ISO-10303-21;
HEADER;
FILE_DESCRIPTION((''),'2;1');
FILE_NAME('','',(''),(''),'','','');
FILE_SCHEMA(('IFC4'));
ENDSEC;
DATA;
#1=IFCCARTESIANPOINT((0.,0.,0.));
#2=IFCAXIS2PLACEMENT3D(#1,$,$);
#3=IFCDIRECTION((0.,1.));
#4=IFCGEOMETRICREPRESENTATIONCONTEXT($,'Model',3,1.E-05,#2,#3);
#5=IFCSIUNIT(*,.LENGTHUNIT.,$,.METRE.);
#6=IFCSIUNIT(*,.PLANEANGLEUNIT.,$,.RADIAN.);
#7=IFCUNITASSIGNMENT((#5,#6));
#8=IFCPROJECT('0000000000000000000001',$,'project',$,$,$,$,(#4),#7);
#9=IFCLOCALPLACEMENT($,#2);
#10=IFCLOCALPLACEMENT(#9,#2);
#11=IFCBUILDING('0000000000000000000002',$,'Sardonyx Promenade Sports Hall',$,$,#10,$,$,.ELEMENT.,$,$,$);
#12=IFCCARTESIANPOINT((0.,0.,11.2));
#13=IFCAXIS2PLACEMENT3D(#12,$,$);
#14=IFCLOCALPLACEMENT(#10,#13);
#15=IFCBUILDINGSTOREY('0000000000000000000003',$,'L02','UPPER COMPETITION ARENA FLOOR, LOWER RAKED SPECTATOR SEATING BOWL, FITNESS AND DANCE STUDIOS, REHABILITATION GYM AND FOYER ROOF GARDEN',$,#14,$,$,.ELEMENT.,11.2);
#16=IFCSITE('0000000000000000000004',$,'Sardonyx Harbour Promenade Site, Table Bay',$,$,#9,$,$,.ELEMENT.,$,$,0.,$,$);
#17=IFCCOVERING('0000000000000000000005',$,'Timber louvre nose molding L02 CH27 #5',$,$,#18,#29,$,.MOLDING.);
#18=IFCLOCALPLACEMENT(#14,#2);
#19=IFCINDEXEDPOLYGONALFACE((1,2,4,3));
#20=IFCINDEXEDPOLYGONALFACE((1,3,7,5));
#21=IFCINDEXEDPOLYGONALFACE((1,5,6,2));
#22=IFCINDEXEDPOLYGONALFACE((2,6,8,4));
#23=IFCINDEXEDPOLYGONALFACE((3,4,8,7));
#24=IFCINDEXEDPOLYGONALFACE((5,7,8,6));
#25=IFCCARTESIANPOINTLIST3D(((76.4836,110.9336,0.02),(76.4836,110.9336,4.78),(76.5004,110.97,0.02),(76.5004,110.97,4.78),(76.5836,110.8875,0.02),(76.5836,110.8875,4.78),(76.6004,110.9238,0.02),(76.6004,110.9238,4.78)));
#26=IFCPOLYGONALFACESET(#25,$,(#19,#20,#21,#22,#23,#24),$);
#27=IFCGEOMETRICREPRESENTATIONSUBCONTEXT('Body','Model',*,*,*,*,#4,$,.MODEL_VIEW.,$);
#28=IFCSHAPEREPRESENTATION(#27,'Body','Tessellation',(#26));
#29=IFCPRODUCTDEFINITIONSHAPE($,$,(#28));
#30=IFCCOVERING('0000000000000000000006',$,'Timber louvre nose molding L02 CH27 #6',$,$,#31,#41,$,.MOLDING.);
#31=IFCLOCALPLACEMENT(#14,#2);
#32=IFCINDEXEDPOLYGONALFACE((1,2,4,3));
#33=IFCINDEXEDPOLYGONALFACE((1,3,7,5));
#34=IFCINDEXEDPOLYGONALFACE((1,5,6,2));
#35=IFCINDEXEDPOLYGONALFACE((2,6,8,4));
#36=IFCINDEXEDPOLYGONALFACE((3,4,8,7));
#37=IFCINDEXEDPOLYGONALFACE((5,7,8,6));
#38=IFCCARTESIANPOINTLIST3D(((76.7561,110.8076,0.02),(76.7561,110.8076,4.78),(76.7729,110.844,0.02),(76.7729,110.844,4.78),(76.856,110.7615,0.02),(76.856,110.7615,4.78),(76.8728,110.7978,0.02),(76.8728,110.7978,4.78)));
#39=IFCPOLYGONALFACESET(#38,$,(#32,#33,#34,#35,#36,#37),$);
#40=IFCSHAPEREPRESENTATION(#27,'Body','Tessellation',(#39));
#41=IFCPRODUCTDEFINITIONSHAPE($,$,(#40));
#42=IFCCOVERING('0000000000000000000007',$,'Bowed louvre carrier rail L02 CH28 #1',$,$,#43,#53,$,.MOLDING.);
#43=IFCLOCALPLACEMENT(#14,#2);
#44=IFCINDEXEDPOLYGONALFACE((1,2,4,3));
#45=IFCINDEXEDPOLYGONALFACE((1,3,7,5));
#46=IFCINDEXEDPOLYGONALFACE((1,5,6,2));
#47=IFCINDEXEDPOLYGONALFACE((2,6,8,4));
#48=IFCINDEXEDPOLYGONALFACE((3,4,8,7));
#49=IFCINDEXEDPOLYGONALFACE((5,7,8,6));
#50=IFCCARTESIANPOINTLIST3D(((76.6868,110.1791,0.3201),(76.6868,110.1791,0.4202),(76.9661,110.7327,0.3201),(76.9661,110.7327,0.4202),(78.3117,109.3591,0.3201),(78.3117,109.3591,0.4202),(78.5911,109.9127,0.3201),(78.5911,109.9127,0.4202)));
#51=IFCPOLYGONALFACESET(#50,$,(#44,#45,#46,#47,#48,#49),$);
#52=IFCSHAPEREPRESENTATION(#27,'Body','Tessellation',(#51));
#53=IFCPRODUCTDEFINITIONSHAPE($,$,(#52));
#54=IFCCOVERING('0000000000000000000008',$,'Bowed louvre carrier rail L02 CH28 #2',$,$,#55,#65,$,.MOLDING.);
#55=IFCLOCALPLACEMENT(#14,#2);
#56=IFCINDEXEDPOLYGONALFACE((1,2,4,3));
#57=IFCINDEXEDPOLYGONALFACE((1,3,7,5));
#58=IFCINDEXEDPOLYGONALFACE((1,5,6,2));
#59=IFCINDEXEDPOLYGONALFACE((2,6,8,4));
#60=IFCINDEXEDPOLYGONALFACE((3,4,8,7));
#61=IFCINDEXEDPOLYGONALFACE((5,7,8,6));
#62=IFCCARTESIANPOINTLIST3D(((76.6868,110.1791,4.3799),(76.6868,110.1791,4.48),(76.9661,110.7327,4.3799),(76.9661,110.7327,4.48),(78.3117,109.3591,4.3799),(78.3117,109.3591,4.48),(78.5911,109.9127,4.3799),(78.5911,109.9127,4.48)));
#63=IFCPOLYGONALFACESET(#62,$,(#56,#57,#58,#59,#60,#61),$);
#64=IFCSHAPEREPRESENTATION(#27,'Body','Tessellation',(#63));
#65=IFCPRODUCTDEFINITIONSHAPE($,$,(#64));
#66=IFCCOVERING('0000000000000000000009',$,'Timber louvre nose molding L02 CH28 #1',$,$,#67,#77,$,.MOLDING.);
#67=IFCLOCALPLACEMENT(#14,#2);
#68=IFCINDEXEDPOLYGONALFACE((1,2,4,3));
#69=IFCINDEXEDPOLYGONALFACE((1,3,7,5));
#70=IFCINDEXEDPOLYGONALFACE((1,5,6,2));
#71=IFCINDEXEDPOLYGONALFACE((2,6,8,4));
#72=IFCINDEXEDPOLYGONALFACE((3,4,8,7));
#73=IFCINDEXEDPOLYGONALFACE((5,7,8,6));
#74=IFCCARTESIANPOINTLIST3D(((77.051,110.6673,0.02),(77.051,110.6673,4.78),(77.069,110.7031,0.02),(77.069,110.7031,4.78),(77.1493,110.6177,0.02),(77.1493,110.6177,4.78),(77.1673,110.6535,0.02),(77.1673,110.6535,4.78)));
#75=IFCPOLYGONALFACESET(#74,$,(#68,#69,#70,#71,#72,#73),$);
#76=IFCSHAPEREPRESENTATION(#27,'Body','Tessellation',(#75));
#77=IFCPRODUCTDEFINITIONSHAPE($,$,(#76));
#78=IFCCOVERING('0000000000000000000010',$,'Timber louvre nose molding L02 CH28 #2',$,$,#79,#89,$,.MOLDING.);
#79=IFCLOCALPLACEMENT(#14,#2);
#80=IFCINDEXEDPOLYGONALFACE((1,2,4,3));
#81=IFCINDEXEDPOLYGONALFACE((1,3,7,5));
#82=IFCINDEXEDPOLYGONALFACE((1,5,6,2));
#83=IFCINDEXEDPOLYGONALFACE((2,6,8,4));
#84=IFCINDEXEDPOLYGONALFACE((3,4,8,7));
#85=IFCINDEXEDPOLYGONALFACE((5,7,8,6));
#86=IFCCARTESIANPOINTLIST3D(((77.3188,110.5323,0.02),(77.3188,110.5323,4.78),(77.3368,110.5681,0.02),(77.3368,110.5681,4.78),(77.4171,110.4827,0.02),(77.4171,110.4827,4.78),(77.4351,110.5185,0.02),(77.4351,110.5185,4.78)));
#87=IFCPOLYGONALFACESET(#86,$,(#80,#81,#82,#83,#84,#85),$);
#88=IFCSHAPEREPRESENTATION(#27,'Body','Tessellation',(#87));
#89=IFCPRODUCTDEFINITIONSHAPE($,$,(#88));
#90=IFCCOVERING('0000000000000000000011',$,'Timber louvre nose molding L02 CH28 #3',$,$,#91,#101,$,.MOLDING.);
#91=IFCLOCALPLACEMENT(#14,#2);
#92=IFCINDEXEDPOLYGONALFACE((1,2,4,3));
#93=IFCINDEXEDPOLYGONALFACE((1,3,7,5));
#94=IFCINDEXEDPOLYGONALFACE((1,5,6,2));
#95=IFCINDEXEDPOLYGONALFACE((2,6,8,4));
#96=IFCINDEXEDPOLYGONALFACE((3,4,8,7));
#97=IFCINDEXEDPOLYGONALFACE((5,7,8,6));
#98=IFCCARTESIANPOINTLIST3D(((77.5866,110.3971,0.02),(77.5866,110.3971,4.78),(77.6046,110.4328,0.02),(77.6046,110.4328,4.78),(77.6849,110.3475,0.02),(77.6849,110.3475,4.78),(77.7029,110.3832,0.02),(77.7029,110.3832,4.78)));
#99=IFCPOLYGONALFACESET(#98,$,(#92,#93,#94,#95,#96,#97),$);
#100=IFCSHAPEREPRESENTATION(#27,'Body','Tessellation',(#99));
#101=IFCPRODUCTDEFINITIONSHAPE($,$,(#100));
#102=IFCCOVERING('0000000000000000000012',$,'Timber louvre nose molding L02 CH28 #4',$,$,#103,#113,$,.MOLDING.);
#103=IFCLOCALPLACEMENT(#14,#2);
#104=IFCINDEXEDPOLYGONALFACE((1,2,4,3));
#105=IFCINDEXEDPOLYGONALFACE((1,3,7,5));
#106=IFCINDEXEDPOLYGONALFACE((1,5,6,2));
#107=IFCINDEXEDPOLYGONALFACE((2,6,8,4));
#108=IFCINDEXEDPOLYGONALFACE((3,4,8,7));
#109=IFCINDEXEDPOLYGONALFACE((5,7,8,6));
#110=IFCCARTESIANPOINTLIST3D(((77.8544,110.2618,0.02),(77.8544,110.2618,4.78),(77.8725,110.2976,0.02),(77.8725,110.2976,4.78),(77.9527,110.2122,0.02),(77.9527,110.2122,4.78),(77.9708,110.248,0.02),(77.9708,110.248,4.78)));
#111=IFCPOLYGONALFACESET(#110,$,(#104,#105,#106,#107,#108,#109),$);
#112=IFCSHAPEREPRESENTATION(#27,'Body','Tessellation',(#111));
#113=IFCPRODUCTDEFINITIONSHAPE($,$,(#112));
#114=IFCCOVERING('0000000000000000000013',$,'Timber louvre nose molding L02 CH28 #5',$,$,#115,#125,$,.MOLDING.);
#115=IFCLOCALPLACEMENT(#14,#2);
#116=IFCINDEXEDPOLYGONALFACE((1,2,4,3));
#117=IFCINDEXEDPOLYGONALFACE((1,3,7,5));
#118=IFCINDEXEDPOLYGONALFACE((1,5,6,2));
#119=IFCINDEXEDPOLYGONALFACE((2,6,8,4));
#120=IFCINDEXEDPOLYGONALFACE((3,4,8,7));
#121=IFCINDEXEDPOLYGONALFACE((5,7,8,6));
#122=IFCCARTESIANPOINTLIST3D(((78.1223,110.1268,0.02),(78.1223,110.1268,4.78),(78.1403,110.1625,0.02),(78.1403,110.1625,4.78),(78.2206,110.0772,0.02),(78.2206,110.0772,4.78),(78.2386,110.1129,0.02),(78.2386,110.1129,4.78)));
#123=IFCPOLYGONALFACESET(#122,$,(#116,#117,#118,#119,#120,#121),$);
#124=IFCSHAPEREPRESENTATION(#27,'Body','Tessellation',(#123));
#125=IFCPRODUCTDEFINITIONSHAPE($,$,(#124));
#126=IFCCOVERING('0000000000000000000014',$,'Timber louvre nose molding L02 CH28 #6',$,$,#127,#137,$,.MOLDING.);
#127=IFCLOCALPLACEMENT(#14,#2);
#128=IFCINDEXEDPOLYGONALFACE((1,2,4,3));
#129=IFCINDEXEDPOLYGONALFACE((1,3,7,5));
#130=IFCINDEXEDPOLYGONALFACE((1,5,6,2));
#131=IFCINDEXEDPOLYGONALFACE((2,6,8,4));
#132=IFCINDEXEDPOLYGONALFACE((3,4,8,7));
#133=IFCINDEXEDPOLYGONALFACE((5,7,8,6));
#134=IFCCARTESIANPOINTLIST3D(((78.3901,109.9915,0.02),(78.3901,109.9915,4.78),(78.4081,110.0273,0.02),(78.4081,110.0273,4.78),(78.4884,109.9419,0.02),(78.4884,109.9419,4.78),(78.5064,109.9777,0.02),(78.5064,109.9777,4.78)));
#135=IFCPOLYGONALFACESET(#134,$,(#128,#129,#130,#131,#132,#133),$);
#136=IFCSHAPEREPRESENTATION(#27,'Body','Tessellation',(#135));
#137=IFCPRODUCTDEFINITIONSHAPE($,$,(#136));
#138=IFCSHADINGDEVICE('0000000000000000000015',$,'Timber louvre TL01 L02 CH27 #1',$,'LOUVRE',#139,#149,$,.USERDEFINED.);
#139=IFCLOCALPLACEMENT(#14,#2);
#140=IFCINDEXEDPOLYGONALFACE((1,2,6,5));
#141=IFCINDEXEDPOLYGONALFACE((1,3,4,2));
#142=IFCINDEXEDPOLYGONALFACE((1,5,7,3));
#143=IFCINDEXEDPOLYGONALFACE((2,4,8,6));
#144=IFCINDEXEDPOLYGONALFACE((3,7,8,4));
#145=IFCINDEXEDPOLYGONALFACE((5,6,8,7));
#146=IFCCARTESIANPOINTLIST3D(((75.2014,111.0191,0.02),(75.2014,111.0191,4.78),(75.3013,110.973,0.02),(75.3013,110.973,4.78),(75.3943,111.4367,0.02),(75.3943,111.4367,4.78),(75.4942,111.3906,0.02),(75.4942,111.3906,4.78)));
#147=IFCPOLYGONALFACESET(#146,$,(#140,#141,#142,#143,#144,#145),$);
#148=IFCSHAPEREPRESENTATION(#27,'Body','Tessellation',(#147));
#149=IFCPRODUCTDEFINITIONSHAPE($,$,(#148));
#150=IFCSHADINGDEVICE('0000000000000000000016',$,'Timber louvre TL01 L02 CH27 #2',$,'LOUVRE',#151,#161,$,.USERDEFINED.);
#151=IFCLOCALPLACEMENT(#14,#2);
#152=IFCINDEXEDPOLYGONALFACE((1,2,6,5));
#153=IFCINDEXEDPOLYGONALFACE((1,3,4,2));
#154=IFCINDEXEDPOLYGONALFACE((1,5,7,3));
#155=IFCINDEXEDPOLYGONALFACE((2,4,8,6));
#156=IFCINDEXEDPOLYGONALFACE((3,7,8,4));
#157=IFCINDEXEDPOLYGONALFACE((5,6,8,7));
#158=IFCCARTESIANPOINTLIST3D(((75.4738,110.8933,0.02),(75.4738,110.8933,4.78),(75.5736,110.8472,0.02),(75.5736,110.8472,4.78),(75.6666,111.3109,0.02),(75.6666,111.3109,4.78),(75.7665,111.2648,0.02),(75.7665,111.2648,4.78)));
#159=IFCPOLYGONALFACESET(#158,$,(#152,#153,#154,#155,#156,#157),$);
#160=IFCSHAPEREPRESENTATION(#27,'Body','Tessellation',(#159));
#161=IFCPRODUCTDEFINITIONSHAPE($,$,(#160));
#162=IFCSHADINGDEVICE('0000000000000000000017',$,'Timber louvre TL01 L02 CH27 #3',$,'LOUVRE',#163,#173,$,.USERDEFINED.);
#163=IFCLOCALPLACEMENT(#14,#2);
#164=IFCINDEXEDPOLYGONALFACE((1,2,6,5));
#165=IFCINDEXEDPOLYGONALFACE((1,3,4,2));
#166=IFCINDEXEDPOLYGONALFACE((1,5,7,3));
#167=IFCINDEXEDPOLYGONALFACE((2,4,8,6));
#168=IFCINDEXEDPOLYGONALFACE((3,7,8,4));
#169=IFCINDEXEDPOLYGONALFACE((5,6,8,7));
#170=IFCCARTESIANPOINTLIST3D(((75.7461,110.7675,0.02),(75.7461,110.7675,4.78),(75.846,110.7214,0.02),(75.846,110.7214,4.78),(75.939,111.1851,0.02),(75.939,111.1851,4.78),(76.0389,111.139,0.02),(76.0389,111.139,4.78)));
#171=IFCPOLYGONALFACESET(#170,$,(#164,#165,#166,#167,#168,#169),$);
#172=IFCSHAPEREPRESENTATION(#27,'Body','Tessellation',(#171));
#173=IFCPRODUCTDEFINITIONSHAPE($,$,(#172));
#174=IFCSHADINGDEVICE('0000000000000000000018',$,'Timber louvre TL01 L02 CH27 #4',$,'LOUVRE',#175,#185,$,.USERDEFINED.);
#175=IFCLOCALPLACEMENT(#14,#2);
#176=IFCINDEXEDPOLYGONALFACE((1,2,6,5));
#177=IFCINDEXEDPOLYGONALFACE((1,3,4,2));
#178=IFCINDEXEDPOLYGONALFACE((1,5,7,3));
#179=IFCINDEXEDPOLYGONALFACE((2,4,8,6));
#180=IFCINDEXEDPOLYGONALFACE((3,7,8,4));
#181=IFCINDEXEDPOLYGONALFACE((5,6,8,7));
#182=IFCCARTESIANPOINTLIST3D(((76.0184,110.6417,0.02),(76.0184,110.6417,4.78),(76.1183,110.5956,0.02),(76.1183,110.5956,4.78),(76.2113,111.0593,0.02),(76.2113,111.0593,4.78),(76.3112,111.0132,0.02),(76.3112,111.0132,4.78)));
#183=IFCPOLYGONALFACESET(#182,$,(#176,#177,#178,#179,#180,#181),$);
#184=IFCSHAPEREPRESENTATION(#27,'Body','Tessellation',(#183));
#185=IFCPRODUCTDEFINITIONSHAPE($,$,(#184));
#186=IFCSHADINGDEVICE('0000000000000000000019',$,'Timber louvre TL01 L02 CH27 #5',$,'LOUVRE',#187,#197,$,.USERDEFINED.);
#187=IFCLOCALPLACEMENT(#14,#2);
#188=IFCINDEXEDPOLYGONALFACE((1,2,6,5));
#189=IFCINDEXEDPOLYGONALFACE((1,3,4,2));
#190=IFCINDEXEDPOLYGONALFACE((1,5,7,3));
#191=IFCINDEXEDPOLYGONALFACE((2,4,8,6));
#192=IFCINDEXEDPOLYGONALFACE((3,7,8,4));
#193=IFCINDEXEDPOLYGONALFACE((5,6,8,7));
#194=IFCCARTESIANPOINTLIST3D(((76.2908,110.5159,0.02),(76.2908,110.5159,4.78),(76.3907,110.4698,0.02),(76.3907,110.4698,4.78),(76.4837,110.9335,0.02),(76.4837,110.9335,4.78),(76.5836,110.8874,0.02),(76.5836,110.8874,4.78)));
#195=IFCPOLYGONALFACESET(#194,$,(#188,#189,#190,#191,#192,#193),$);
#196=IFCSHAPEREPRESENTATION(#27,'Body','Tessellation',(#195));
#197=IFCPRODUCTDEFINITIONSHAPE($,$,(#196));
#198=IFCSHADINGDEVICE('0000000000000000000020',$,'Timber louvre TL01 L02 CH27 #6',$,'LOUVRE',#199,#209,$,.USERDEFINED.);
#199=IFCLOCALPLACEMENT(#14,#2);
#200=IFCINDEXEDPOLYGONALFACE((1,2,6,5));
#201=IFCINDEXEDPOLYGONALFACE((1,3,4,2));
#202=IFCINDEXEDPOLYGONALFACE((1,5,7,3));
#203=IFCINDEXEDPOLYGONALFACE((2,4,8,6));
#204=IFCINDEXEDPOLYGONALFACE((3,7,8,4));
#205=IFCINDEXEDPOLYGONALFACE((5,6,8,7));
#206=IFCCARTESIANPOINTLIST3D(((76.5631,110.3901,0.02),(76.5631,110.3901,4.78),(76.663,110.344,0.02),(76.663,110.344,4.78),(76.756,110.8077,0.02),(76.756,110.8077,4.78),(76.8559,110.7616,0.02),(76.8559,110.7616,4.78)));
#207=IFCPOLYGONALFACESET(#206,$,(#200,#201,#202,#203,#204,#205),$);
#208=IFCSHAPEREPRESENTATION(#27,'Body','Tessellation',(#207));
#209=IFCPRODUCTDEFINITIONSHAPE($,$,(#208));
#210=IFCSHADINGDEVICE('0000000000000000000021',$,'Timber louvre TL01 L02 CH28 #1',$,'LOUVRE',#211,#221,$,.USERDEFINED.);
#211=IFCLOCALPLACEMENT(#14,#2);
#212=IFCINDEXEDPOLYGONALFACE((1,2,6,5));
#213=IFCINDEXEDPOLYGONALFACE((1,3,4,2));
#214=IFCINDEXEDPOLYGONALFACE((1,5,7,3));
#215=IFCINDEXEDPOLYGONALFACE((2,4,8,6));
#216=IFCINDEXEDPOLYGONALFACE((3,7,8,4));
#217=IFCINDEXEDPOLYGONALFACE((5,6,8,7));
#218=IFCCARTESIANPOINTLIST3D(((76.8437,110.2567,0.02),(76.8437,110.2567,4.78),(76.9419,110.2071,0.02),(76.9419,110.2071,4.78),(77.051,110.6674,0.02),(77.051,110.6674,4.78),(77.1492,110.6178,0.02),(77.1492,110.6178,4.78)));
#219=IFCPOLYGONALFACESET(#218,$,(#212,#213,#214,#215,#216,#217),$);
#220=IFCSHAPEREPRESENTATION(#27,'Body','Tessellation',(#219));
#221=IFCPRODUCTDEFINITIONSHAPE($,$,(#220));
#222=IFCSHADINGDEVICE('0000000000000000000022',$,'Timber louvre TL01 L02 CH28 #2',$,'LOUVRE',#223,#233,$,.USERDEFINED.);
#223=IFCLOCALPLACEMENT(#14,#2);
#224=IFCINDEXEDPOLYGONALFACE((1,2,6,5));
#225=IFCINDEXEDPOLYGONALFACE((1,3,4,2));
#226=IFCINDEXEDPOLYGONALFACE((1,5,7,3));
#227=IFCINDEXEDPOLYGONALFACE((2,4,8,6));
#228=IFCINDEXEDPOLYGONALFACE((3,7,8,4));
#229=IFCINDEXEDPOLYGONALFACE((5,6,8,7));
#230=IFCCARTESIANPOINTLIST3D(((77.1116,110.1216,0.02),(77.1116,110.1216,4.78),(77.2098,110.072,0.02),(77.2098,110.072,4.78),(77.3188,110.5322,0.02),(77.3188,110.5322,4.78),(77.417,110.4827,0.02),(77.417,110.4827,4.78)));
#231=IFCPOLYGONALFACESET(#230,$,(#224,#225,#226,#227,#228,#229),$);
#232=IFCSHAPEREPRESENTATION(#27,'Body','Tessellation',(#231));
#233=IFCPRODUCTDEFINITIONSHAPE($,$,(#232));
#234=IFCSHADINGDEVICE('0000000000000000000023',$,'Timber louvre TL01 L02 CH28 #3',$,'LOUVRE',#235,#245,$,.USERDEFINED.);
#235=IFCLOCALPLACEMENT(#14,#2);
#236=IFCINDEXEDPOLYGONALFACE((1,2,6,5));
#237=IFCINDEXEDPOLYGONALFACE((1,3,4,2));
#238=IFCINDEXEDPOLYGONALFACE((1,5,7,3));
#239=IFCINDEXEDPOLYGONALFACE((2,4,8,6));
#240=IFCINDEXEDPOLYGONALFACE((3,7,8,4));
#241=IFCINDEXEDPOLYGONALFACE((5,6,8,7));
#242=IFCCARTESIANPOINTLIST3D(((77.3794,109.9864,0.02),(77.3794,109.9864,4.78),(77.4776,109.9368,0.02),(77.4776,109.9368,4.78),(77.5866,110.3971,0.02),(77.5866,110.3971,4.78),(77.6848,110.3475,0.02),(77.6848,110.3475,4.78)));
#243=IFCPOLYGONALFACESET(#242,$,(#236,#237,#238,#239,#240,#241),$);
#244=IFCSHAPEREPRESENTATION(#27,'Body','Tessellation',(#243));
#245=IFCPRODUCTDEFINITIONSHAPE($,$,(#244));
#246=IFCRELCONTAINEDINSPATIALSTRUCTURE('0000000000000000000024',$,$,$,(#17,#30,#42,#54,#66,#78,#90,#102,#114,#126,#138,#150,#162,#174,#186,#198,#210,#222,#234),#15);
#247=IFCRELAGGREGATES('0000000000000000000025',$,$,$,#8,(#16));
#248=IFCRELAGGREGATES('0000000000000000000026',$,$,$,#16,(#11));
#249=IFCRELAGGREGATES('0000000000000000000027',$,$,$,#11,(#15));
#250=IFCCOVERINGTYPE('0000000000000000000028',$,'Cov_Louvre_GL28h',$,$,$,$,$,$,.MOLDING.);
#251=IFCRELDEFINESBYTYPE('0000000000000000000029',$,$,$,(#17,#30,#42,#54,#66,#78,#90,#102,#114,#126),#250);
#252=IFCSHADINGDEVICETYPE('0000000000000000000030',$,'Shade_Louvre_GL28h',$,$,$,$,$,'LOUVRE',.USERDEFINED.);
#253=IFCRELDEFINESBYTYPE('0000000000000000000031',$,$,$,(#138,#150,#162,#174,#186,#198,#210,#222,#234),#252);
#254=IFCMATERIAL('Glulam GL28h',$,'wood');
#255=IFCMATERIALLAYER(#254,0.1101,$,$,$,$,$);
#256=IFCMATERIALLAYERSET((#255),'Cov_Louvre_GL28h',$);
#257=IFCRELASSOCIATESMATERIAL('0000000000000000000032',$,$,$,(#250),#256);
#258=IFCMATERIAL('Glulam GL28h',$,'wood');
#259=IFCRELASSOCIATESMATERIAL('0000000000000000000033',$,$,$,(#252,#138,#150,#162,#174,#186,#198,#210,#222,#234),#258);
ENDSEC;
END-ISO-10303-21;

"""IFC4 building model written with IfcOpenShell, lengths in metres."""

from ifc_helpers import new_model, si_unit, direction, frame, origin, origin_2d, place, context, subcontext, project, spatial, rectangle, extrude, material, layer, layer_set, type_object, element, save


model = new_model("IFC4")

# Units and contexts
model_context = context("Model", 3, precision=1e-05, world=origin(), true_north=direction((0.0, 1.0)))
body_context = subcontext(model_context, "Body", "Model", "MODEL_VIEW")
ifc_project = project(units=[si_unit("LENGTHUNIT", "METRE"), si_unit("PLANEANGLEUNIT", "RADIAN")], contexts=[model_context])

# Site, building, storey
site_placement = place(None, origin())
site = spatial("IfcSite", under=ifc_project, at=site_placement, Name="Sardonyx Harbour Promenade Site, Table Bay", CompositionType="ELEMENT", RefElevation=0.0)
building_placement = place(site_placement, origin())
building = spatial("IfcBuilding", under=site, at=building_placement, Name="Sardonyx Promenade Sports Hall", CompositionType="ELEMENT")
storey_placement = place(building_placement, frame((0.0, 0.0, 11.2)))
storey = spatial("IfcBuildingStorey", under=building, at=storey_placement, Name="L02", Description="UPPER COMPETITION ARENA FLOOR, LOWER RAKED SPECTATOR SEATING BOWL, FITNESS AND DANCE STUDIOS, REHABILITATION GYM AND FOYER ROOF GARDEN", CompositionType="ELEMENT", Elevation=11.2)

# Coverings
ifc_material_1 = material(Name="Glulam GL28h", Category="wood")
ifc_layer_1 = layer(ifc_material_1, 0.1101)
ifc_layer_set_1 = layer_set([ifc_layer_1], Name="Cov_Louvre_GL28h")
covering_type = type_object("IfcCoveringType", Name="Cov_Louvre_GL28h", PredefinedType="MOLDING", material=ifc_layer_set_1)
for number, where, z_axis, x_axis, name in (
    (1, (76.542, 110.9287, 0.02), (0.0, 0.0, 1.0), (0.907831, -0.419336, 0.0), "Timber louvre nose molding L02 CH27 #5"),
    (2, (76.8145, 110.8027, 0.02), (0.0, 0.0, 1.0), (0.907831, -0.419336, 0.0), "Timber louvre nose molding L02 CH27 #6"),
):
    element("IfcCovering", number, at=place(storey_placement, frame(where, z_axis=z_axis, x_axis=x_axis)), inside=storey, type_object=covering_type, Name=name, PredefinedType="MOLDING", context=body_context, shape_type="SweptSolid", body=[
        extrude(rectangle(XDim=0.1101, YDim=0.04, at=origin_2d()), origin(), (0.0, 0.0, 1.0), 4.76),
    ])
for number, where, z_axis, x_axis, name in (
    (3, (77.6389, 110.0459, 0.3201), (0.0, 0.0, 1.0), (0.892774, -0.450505, 0.0), "Bowed louvre carrier rail L02 CH28 #1"),
    (4, (77.6389, 110.0459, 4.3799), (0.0, 0.0, 1.0), (0.892774, -0.450505, 0.0), "Bowed louvre carrier rail L02 CH28 #2"),
):
    element("IfcCovering", number, at=place(storey_placement, frame(where, z_axis=z_axis, x_axis=x_axis)), inside=storey, type_object=covering_type, Name=name, PredefinedType="MOLDING", context=body_context, shape_type="SweptSolid", body=[
        extrude(rectangle(XDim=1.8201, YDim=0.6201, at=origin_2d()), origin(), (0.0, 0.0, 1.0), 0.1001),
    ])
for number, where, z_axis, x_axis, name in (
    (5, (77.1091, 110.6604, 0.02), (0.0, 0.0, 1.0), (0.892774, -0.450505, 0.0), "Timber louvre nose molding L02 CH28 #1"),
    (6, (77.377, 110.5254, 0.02), (0.0, 0.0, 1.0), (0.892774, -0.450505, 0.0), "Timber louvre nose molding L02 CH28 #2"),
    (7, (77.6448, 110.3901, 0.02), (0.0, 0.0, 1.0), (0.892774, -0.450505, 0.0), "Timber louvre nose molding L02 CH28 #3"),
    (8, (77.9126, 110.2549, 0.02), (0.0, 0.0, 1.0), (0.892774, -0.450505, 0.0), "Timber louvre nose molding L02 CH28 #4"),
    (9, (78.1804, 110.1199, 0.02), (0.0, 0.0, 1.0), (0.892774, -0.450505, 0.0), "Timber louvre nose molding L02 CH28 #5"),
    (10, (78.4482, 109.9846, 0.02), (0.0, 0.0, 1.0), (0.892774, -0.450505, 0.0), "Timber louvre nose molding L02 CH28 #6"),
):
    element("IfcCovering", number, at=place(storey_placement, frame(where, z_axis=z_axis, x_axis=x_axis)), inside=storey, type_object=covering_type, Name=name, PredefinedType="MOLDING", context=body_context, shape_type="SweptSolid", body=[
        extrude(rectangle(XDim=0.1101, YDim=0.04, at=origin_2d()), origin(), (0.0, 0.0, 1.0), 4.76),
    ])

# Shading devices
ifc_material_2 = material(Name="Glulam GL28h", Category="wood")
shading_device_type = type_object("IfcShadingDeviceType", Name="Shade_Louvre_GL28h", ElementType="LOUVRE", PredefinedType="USERDEFINED", material=ifc_material_2)
for number, where, z_axis, x_axis, name in (
    (11, (75.3478, 111.2049, 0.02), (0.0, 0.0, 1.0), (0.907831, -0.419336, 0.0), "Timber louvre TL01 L02 CH27 #1"),
    (12, (75.6201, 111.0791, 0.02), (0.0, 0.0, 1.0), (0.907831, -0.419336, 0.0), "Timber louvre TL01 L02 CH27 #2"),
    (13, (75.8925, 110.9533, 0.02), (0.0, 0.0, 1.0), (0.907831, -0.419336, 0.0), "Timber louvre TL01 L02 CH27 #3"),
    (14, (76.1648, 110.8275, 0.02), (0.0, 0.0, 1.0), (0.907831, -0.419336, 0.0), "Timber louvre TL01 L02 CH27 #4"),
    (15, (76.4372, 110.7017, 0.02), (0.0, 0.0, 1.0), (0.907831, -0.419336, 0.0), "Timber louvre TL01 L02 CH27 #5"),
    (16, (76.7095, 110.5759, 0.02), (0.0, 0.0, 1.0), (0.907831, -0.419336, 0.0), "Timber louvre TL01 L02 CH27 #6"),
    (17, (76.9964, 110.4373, 0.02), (0.0, 0.0, 1.0), (0.892774, -0.450505, 0.0), "Timber louvre TL01 L02 CH28 #1"),
    (18, (77.2643, 110.3021, 0.02), (0.0, 0.0, 1.0), (0.892774, -0.450505, 0.0), "Timber louvre TL01 L02 CH28 #2"),
    (19, (77.5321, 110.167, 0.02), (0.0, 0.0, 1.0), (0.892774, -0.450505, 0.0), "Timber louvre TL01 L02 CH28 #3"),
):
    element("IfcShadingDevice", number, at=place(storey_placement, frame(where, z_axis=z_axis, x_axis=x_axis)), inside=storey, type_object=shading_device_type, material=ifc_material_2, Name=name, ObjectType="LOUVRE", PredefinedType="USERDEFINED", context=body_context, shape_type="SweptSolid", body=[
        extrude(rectangle(XDim=0.11, YDim=0.46), origin(), (0.0, 0.0, 1.0), 4.76),
    ])

save(model, "model.ifc")
